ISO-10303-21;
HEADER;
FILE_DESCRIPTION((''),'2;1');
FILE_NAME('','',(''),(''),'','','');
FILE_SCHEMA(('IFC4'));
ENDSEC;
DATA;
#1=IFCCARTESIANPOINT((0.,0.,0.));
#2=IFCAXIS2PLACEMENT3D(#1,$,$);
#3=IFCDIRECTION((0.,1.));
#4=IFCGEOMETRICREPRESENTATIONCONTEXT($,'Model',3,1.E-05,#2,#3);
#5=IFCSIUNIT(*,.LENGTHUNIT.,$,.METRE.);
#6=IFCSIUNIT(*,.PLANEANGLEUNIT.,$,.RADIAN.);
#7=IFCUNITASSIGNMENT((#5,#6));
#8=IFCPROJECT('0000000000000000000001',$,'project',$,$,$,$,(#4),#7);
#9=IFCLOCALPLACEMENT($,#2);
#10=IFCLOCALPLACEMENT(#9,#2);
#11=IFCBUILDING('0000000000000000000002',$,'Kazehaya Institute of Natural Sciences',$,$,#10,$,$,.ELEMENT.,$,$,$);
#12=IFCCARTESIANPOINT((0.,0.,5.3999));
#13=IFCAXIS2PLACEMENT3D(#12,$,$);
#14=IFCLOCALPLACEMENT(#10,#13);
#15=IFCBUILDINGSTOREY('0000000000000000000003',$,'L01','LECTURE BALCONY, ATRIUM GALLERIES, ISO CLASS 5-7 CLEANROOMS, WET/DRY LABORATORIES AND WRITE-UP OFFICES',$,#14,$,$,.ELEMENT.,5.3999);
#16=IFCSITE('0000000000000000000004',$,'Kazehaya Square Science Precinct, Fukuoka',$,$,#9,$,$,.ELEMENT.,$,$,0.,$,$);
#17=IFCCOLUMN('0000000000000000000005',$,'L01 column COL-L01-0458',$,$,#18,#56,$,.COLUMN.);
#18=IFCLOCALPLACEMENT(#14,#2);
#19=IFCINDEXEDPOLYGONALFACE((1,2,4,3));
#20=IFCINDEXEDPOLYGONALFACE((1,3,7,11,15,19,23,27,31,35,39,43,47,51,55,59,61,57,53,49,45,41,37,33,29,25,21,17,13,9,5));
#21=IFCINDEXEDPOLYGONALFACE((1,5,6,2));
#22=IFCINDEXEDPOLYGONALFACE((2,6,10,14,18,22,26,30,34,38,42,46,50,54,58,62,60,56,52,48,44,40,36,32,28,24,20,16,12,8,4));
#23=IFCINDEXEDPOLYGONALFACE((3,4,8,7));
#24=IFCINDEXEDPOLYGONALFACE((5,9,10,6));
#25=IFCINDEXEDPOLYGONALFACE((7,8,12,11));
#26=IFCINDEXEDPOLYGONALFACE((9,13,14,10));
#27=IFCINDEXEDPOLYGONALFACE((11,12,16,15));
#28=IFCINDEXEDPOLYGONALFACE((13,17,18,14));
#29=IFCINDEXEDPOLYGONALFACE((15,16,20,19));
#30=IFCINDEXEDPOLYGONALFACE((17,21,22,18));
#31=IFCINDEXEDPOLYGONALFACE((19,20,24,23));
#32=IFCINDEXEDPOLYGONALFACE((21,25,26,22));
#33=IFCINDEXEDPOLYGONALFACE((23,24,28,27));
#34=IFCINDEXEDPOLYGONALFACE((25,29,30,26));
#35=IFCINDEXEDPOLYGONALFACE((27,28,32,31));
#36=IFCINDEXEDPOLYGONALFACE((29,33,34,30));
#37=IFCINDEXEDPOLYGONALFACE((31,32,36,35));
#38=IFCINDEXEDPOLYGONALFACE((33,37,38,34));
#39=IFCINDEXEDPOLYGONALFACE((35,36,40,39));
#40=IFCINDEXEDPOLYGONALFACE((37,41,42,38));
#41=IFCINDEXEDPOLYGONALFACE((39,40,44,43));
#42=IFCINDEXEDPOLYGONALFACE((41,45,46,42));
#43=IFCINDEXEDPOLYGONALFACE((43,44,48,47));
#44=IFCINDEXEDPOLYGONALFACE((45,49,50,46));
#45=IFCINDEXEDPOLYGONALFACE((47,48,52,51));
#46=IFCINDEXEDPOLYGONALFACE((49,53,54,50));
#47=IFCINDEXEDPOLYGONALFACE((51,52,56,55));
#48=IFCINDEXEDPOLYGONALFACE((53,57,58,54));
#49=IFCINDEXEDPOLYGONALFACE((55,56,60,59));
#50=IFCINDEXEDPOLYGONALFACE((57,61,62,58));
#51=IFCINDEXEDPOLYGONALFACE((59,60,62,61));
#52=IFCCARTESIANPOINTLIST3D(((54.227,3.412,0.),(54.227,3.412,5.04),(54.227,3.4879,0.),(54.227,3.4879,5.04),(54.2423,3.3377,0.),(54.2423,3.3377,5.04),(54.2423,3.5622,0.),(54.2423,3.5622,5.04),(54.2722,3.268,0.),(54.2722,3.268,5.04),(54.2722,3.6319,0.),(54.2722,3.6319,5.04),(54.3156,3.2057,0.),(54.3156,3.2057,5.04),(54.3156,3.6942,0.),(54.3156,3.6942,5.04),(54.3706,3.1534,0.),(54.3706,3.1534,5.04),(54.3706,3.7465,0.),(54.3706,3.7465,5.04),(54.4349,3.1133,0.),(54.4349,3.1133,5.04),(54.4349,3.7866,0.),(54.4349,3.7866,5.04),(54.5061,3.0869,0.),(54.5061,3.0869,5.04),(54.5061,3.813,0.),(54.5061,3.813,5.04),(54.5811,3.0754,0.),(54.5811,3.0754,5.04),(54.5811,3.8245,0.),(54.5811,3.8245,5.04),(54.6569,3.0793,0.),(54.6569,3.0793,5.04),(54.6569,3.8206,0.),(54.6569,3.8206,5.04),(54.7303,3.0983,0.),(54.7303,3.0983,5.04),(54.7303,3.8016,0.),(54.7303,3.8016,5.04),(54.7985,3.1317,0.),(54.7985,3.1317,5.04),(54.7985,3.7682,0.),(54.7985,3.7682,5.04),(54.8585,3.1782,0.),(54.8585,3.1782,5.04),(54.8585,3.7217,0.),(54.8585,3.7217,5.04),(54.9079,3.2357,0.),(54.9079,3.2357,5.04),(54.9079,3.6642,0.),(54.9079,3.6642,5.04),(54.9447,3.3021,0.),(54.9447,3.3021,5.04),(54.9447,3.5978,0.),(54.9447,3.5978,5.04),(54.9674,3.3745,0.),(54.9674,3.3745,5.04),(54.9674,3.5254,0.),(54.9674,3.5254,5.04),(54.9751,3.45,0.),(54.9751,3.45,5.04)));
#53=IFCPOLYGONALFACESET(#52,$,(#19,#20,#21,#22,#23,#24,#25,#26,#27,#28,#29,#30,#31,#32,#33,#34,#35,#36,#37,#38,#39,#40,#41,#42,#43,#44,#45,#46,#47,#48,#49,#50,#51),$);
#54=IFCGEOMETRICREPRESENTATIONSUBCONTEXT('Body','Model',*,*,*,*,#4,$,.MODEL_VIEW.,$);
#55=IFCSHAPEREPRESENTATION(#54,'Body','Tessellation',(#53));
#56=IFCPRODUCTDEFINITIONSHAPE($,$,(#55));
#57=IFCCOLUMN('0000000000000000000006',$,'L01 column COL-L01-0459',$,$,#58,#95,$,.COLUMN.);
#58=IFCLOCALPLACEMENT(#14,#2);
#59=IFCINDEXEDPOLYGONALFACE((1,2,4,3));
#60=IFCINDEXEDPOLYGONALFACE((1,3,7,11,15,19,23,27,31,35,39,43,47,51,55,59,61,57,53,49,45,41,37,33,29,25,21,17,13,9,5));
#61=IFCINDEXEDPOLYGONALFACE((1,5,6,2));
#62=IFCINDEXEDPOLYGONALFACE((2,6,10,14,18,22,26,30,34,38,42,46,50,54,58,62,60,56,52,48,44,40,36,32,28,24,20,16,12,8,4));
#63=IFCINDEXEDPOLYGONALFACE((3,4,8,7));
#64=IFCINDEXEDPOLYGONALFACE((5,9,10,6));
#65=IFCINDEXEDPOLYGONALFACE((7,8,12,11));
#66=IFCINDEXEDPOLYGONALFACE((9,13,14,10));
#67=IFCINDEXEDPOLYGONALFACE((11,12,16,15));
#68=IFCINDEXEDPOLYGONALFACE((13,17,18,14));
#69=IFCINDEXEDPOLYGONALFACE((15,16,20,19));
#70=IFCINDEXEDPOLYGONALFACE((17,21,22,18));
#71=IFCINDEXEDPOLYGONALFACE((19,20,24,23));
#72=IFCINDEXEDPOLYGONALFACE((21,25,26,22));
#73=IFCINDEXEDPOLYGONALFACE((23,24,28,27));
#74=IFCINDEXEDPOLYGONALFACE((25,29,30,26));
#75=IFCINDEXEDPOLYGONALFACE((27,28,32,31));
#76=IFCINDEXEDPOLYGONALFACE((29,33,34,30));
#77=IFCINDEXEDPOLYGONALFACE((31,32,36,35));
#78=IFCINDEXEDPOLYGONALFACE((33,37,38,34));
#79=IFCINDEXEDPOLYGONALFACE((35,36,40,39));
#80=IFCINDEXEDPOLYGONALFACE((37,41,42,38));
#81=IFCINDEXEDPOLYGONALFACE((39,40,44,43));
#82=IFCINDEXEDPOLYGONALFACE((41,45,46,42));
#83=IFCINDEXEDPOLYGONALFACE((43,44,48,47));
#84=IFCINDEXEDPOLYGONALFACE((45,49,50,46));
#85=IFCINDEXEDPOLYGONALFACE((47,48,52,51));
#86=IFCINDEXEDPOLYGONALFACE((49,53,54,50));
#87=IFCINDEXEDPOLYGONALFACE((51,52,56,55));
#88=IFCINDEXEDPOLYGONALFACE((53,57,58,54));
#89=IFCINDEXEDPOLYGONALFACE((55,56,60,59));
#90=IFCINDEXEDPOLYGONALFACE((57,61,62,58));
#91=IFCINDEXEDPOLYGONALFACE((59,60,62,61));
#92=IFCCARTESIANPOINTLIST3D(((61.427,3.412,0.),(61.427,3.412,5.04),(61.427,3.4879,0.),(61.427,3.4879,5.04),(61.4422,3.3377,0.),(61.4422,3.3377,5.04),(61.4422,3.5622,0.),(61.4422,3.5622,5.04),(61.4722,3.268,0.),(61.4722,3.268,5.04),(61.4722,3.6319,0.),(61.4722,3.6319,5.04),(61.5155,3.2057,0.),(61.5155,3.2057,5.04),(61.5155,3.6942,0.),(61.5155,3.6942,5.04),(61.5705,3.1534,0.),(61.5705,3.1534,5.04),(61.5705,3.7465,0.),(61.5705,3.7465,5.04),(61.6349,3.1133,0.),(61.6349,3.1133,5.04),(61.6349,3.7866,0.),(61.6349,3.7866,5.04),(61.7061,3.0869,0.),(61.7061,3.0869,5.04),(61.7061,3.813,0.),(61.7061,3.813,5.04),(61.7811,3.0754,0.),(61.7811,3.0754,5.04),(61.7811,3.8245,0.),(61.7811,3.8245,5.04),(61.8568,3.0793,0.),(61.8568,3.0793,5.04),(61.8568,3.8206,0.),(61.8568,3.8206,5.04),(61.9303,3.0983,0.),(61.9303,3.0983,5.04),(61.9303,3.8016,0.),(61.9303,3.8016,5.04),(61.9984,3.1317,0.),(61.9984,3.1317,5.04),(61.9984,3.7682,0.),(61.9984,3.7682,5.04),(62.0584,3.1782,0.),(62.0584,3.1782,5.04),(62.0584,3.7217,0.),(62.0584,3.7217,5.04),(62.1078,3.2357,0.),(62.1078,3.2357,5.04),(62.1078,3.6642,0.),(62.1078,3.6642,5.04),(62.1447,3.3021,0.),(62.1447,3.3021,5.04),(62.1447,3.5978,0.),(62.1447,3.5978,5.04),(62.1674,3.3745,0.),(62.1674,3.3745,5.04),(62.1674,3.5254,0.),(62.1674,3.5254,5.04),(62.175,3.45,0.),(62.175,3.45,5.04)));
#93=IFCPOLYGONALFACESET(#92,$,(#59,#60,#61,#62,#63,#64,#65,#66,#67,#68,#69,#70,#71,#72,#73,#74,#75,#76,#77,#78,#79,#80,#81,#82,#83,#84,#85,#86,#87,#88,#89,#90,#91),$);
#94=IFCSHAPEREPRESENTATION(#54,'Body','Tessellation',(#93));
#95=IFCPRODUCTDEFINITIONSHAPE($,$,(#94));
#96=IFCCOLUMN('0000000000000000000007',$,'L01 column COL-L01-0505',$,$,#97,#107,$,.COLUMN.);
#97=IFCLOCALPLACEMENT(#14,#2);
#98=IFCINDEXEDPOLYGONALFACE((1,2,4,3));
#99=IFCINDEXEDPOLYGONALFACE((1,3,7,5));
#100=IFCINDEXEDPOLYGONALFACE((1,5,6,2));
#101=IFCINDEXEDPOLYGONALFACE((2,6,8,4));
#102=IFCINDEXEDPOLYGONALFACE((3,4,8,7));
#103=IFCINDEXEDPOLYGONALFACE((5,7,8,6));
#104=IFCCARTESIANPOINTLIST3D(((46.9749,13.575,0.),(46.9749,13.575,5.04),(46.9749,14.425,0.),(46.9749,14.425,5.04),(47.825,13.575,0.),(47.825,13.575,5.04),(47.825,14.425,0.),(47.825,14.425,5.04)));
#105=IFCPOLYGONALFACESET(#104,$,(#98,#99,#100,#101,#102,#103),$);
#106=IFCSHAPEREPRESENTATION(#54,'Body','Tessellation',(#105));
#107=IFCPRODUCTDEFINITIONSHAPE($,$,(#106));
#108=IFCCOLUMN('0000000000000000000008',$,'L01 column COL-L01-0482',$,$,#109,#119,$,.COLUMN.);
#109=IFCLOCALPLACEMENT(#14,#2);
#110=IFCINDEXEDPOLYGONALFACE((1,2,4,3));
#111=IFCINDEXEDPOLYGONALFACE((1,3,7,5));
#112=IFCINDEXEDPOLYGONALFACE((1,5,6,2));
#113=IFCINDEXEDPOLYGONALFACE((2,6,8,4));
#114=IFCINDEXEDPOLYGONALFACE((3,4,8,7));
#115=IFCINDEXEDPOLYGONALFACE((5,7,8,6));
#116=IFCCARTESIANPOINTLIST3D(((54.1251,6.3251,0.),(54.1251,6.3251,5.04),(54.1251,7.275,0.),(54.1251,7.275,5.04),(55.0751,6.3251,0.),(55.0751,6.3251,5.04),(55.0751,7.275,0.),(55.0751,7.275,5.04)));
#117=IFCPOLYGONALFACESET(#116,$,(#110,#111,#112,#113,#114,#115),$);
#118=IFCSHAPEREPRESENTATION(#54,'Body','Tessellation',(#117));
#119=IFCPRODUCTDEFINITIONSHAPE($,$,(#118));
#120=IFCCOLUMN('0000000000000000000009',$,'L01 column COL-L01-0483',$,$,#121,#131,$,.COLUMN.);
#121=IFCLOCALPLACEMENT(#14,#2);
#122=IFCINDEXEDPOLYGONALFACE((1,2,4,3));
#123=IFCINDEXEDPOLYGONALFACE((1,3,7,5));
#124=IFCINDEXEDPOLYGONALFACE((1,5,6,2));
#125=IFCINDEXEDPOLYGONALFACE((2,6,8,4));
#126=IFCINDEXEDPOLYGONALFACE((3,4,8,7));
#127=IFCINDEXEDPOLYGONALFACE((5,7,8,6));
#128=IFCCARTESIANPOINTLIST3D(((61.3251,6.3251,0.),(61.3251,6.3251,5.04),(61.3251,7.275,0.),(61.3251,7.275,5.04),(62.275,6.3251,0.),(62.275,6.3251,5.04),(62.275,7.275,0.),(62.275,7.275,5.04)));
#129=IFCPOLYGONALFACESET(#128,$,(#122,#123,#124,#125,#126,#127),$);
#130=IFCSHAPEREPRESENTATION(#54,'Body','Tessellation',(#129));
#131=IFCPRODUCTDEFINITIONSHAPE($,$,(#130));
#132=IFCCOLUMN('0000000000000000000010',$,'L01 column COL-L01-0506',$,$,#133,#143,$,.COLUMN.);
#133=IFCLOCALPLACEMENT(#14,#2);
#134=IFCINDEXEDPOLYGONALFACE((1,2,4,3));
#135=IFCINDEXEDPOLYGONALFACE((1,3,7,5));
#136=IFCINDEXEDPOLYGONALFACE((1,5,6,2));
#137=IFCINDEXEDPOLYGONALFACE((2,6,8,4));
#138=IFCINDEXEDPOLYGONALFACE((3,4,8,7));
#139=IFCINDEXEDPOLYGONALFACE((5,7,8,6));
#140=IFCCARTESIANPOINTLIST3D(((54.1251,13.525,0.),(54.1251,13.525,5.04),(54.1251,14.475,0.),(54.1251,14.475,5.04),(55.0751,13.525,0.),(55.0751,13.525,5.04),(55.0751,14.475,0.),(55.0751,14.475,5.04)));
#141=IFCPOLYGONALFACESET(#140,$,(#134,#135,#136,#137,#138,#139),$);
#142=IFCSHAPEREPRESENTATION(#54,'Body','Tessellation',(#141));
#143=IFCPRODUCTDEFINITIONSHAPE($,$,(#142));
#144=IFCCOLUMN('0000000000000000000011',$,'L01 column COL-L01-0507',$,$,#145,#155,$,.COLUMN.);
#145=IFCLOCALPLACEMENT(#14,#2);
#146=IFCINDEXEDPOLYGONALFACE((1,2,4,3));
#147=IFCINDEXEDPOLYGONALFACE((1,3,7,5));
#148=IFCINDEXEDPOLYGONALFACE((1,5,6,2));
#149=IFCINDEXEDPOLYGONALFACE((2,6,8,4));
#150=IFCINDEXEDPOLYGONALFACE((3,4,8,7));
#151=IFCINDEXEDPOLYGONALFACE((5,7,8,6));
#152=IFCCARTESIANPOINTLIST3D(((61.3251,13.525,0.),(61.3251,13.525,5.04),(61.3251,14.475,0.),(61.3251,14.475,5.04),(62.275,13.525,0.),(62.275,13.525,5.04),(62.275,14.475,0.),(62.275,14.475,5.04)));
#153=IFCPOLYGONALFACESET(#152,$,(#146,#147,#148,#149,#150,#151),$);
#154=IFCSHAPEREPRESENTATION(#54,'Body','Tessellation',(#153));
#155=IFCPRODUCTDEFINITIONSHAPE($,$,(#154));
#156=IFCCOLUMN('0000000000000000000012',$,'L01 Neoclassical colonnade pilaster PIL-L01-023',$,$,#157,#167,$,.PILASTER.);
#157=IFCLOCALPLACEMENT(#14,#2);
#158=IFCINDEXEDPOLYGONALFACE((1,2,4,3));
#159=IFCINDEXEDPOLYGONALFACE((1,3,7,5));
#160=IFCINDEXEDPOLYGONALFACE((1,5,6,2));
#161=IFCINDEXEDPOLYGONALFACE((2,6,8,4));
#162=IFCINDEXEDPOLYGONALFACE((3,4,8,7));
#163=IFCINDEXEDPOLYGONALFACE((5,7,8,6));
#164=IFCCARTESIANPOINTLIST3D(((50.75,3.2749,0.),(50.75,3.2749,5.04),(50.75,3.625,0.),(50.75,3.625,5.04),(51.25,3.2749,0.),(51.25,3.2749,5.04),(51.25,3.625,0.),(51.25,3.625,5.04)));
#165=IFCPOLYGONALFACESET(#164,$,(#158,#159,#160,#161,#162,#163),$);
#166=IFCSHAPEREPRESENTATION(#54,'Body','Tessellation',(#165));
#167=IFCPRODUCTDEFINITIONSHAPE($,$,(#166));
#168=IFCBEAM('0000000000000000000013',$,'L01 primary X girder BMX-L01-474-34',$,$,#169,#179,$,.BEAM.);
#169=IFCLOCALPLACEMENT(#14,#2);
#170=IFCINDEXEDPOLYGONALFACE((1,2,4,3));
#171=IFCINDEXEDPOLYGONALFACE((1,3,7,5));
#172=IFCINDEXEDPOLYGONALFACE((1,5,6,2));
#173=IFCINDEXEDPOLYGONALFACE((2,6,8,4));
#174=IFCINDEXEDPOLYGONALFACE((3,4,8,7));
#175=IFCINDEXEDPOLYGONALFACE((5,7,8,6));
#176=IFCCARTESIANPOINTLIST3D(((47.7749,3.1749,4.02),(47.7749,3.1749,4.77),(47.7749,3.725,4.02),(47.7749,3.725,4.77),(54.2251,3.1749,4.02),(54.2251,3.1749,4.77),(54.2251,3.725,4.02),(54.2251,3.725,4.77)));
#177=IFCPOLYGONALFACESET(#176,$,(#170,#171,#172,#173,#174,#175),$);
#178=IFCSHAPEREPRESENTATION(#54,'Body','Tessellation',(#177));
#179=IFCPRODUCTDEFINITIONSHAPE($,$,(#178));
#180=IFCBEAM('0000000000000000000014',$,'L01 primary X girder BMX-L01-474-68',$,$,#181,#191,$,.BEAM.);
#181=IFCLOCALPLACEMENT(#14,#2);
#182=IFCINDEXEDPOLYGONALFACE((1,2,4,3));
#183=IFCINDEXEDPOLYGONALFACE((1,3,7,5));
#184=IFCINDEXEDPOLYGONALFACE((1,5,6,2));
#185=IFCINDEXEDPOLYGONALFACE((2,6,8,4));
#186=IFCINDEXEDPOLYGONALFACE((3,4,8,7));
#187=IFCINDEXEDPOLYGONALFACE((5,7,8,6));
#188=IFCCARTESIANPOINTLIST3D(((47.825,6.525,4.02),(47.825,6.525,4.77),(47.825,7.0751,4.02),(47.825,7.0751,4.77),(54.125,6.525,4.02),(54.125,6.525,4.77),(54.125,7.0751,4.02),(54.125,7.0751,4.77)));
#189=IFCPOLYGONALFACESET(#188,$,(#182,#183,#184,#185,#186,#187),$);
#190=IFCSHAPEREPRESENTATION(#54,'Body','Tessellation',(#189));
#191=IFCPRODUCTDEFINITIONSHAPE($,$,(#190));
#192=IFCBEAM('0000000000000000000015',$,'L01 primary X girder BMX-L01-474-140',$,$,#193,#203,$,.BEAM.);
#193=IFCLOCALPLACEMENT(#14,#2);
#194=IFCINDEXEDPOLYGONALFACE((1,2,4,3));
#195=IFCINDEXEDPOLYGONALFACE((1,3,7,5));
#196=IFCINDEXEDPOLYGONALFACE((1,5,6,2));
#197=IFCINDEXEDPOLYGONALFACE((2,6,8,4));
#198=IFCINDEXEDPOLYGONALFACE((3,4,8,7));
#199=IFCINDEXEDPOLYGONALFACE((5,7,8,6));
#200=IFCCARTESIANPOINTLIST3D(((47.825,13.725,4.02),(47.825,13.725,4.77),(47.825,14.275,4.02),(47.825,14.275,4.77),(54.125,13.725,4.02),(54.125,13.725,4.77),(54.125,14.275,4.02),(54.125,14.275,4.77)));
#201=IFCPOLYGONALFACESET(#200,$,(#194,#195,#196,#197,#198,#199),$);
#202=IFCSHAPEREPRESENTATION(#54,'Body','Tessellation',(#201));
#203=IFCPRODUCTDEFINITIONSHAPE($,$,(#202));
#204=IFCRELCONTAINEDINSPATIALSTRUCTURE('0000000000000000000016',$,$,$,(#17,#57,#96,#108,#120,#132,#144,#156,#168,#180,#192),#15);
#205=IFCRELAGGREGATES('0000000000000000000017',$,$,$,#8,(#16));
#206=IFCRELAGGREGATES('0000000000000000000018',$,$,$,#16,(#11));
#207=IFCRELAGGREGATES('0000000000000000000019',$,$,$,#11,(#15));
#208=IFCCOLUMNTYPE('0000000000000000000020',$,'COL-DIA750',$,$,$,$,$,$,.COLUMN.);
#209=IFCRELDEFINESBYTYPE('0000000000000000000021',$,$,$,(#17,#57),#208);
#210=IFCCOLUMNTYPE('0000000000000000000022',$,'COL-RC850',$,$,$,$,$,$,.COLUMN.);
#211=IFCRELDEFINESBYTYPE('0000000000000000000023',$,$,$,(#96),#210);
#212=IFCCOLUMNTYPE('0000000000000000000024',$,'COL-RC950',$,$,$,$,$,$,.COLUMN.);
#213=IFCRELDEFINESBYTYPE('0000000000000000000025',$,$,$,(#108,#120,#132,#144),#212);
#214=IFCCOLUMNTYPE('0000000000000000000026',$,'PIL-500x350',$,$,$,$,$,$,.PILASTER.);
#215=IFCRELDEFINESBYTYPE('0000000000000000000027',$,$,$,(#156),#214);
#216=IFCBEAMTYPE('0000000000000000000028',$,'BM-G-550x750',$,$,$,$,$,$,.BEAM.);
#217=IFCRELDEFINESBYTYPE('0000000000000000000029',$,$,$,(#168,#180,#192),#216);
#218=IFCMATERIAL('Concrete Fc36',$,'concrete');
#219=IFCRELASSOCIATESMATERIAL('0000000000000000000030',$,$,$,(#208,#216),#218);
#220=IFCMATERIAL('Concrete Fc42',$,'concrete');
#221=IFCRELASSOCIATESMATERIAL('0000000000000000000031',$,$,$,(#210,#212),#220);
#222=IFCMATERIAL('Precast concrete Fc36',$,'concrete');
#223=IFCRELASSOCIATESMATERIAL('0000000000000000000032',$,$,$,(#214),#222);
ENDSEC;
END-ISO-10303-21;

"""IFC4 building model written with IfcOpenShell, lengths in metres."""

from ifc_helpers import new_model, si_unit, direction, frame, origin, origin_2d, place, context, subcontext, project, spatial, rectangle, circle, extrude, material, material_profile, profile_set, type_object, element, save


model = new_model("IFC4")

# Units and contexts
model_context = context("Model", 3, precision=1e-05, world=origin(), true_north=direction((0.0, 1.0)))
body_context = subcontext(model_context, "Body", "Model", "MODEL_VIEW")
ifc_project = project(units=[si_unit("LENGTHUNIT", "METRE"), si_unit("PLANEANGLEUNIT", "RADIAN")], contexts=[model_context])

# Site, building, storey
site_placement = place(None, origin())
site = spatial("IfcSite", under=ifc_project, at=site_placement, Name="Kazehaya Square Science Precinct, Fukuoka", CompositionType="ELEMENT", RefElevation=0.0)
building_placement = place(site_placement, origin())
building = spatial("IfcBuilding", under=site, at=building_placement, Name="Kazehaya Institute of Natural Sciences", CompositionType="ELEMENT")
storey_placement = place(building_placement, frame((0.0, 0.0, 5.3999)))
storey = spatial("IfcBuildingStorey", under=building, at=storey_placement, Name="L01", Description="LECTURE BALCONY, ATRIUM GALLERIES, ISO CLASS 5-7 CLEANROOMS, WET/DRY LABORATORIES AND WRITE-UP OFFICES", CompositionType="ELEMENT", Elevation=5.3999)

# Columns
ifc_material_1 = material(Name="Concrete Fc36", Category="concrete")
ifc_material_profile_1 = material_profile(ifc_material_1, circle(Radius=0.375, at=origin_2d()), Name="RC-DIA750")
ifc_profile_set_1 = profile_set([ifc_material_profile_1], Name="Concrete Fc36")
column_type_1 = type_object("IfcColumnType", Name="COL-DIA750", PredefinedType="COLUMN", material=ifc_profile_set_1)
for number, where, z_axis, x_axis, name in (
    (1, (54.6001, 3.45, 0.0), (0.0, 0.0, 1.0), (1.0, 0.0, 0.0), "L01 column COL-L01-0458"),
    (2, (61.8, 3.45, 0.0), (0.0, 0.0, 1.0), (1.0, 0.0, 0.0), "L01 column COL-L01-0459"),
):
    element("IfcColumn", number, at=place(storey_placement, frame(where, z_axis=z_axis, x_axis=x_axis)), inside=storey, type_object=column_type_1, Name=name, PredefinedType="COLUMN", context=body_context, shape_type="SweptSolid", body=[
        extrude(circle(Radius=0.375, at=origin_2d()), origin(), (0.0, 0.0, 1.0), 5.04),
    ])
ifc_material_2 = material(Name="Concrete Fc42", Category="concrete")
ifc_material_profile_2 = material_profile(ifc_material_2, rectangle(XDim=0.8501, YDim=0.8501, at=origin_2d()), Name="RC-850x850")
ifc_profile_set_2 = profile_set([ifc_material_profile_2], Name="Concrete Fc42")
column_type_2 = type_object("IfcColumnType", Name="COL-RC850", PredefinedType="COLUMN", material=ifc_profile_set_2)
column_1_placement = place(storey_placement, frame((47.3999, 14.0, 0.0), z_axis=(0.0, 0.0, 1.0), x_axis=(1.0, 0.0, 0.0)))
element("IfcColumn", 3, at=column_1_placement, inside=storey, type_object=column_type_2, Name="L01 column COL-L01-0505", PredefinedType="COLUMN", context=body_context, shape_type="SweptSolid", body=[
    extrude(rectangle(XDim=0.8501, YDim=0.8501, at=origin_2d()), origin(), (0.0, 0.0, 1.0), 5.04),
])
ifc_material_profile_3 = material_profile(ifc_material_2, rectangle(XDim=0.95, YDim=0.95, at=origin_2d()), Name="RC-950x950")
ifc_profile_set_3 = profile_set([ifc_material_profile_3], Name="Concrete Fc42")
column_type_3 = type_object("IfcColumnType", Name="COL-RC950", PredefinedType="COLUMN", material=ifc_profile_set_3)
for number, where, z_axis, x_axis, name in (
    (4, (54.6001, 6.8, 0.0), (0.0, 0.0, 1.0), (1.0, 0.0, 0.0), "L01 column COL-L01-0482"),
    (5, (61.8, 6.8, 0.0), (0.0, 0.0, 1.0), (1.0, 0.0, 0.0), "L01 column COL-L01-0483"),
    (6, (54.6001, 14.0, 0.0), (0.0, 0.0, 1.0), (1.0, 0.0, 0.0), "L01 column COL-L01-0506"),
    (7, (61.8, 14.0, 0.0), (0.0, 0.0, 1.0), (1.0, 0.0, 0.0), "L01 column COL-L01-0507"),
):
    element("IfcColumn", number, at=place(storey_placement, frame(where, z_axis=z_axis, x_axis=x_axis)), inside=storey, type_object=column_type_3, Name=name, PredefinedType="COLUMN", context=body_context, shape_type="SweptSolid", body=[
        extrude(rectangle(XDim=0.95, YDim=0.95, at=origin_2d()), origin(), (0.0, 0.0, 1.0), 5.04),
    ])
ifc_material_3 = material(Name="Precast concrete Fc36", Category="concrete")
ifc_material_profile_4 = material_profile(ifc_material_3, rectangle(XDim=0.5, YDim=0.3501, at=origin_2d()), Name="RC-PIL-500x350")
ifc_profile_set_4 = profile_set([ifc_material_profile_4], Name="Precast concrete Fc36")
column_type_4 = type_object("IfcColumnType", Name="PIL-500x350", PredefinedType="PILASTER", material=ifc_profile_set_4)
column_2_placement = place(storey_placement, frame((51.0, 3.45, 0.0), z_axis=(0.0, 0.0, 1.0), x_axis=(1.0, 0.0, 0.0)))
element("IfcColumn", 8, at=column_2_placement, inside=storey, type_object=column_type_4, Name="L01 Neoclassical colonnade pilaster PIL-L01-023", PredefinedType="PILASTER", context=body_context, shape_type="SweptSolid", body=[
    extrude(rectangle(XDim=0.5, YDim=0.3501, at=origin_2d()), origin(), (0.0, 0.0, 1.0), 5.04),
])

# Beams
ifc_material_profile_5 = material_profile(ifc_material_1, rectangle(XDim=0.55, YDim=0.75, at=origin_2d()), Name="RC-550x750")
ifc_profile_set_5 = profile_set([ifc_material_profile_5], Name="Concrete Fc36")
beam_type_1 = type_object("IfcBeamType", Name="BM-G-550x750", PredefinedType="BEAM", material=ifc_profile_set_5)
beam_1_placement = place(storey_placement, frame((47.7749, 3.45, 4.395), z_axis=(1.0, 0.0, 0.0), x_axis=(0.0, 1.0, 0.0)))
element("IfcBeam", 9, at=beam_1_placement, inside=storey, type_object=beam_type_1, Name="L01 primary X girder BMX-L01-474-34", PredefinedType="BEAM", context=body_context, shape_type="SweptSolid", body=[
    extrude(rectangle(XDim=0.55, YDim=0.75, at=origin_2d()), origin(), (0.0, 0.0, 1.0), 6.4502),
])
for number, where, z_axis, x_axis, name in (
    (10, (47.825, 6.8, 4.395), (1.0, 0.0, 0.0), (0.0, 1.0, 0.0), "L01 primary X girder BMX-L01-474-68"),
    (11, (47.825, 14.0, 4.395), (1.0, 0.0, 0.0), (0.0, 1.0, 0.0), "L01 primary X girder BMX-L01-474-140"),
):
    element("IfcBeam", number, at=place(storey_placement, frame(where, z_axis=z_axis, x_axis=x_axis)), inside=storey, type_object=beam_type_1, Name=name, PredefinedType="BEAM", context=body_context, shape_type="SweptSolid", body=[
        extrude(rectangle(XDim=0.55, YDim=0.75, at=origin_2d()), origin(), (0.0, 0.0, 1.0), 6.3),
    ])

save(model, "model.ifc")
